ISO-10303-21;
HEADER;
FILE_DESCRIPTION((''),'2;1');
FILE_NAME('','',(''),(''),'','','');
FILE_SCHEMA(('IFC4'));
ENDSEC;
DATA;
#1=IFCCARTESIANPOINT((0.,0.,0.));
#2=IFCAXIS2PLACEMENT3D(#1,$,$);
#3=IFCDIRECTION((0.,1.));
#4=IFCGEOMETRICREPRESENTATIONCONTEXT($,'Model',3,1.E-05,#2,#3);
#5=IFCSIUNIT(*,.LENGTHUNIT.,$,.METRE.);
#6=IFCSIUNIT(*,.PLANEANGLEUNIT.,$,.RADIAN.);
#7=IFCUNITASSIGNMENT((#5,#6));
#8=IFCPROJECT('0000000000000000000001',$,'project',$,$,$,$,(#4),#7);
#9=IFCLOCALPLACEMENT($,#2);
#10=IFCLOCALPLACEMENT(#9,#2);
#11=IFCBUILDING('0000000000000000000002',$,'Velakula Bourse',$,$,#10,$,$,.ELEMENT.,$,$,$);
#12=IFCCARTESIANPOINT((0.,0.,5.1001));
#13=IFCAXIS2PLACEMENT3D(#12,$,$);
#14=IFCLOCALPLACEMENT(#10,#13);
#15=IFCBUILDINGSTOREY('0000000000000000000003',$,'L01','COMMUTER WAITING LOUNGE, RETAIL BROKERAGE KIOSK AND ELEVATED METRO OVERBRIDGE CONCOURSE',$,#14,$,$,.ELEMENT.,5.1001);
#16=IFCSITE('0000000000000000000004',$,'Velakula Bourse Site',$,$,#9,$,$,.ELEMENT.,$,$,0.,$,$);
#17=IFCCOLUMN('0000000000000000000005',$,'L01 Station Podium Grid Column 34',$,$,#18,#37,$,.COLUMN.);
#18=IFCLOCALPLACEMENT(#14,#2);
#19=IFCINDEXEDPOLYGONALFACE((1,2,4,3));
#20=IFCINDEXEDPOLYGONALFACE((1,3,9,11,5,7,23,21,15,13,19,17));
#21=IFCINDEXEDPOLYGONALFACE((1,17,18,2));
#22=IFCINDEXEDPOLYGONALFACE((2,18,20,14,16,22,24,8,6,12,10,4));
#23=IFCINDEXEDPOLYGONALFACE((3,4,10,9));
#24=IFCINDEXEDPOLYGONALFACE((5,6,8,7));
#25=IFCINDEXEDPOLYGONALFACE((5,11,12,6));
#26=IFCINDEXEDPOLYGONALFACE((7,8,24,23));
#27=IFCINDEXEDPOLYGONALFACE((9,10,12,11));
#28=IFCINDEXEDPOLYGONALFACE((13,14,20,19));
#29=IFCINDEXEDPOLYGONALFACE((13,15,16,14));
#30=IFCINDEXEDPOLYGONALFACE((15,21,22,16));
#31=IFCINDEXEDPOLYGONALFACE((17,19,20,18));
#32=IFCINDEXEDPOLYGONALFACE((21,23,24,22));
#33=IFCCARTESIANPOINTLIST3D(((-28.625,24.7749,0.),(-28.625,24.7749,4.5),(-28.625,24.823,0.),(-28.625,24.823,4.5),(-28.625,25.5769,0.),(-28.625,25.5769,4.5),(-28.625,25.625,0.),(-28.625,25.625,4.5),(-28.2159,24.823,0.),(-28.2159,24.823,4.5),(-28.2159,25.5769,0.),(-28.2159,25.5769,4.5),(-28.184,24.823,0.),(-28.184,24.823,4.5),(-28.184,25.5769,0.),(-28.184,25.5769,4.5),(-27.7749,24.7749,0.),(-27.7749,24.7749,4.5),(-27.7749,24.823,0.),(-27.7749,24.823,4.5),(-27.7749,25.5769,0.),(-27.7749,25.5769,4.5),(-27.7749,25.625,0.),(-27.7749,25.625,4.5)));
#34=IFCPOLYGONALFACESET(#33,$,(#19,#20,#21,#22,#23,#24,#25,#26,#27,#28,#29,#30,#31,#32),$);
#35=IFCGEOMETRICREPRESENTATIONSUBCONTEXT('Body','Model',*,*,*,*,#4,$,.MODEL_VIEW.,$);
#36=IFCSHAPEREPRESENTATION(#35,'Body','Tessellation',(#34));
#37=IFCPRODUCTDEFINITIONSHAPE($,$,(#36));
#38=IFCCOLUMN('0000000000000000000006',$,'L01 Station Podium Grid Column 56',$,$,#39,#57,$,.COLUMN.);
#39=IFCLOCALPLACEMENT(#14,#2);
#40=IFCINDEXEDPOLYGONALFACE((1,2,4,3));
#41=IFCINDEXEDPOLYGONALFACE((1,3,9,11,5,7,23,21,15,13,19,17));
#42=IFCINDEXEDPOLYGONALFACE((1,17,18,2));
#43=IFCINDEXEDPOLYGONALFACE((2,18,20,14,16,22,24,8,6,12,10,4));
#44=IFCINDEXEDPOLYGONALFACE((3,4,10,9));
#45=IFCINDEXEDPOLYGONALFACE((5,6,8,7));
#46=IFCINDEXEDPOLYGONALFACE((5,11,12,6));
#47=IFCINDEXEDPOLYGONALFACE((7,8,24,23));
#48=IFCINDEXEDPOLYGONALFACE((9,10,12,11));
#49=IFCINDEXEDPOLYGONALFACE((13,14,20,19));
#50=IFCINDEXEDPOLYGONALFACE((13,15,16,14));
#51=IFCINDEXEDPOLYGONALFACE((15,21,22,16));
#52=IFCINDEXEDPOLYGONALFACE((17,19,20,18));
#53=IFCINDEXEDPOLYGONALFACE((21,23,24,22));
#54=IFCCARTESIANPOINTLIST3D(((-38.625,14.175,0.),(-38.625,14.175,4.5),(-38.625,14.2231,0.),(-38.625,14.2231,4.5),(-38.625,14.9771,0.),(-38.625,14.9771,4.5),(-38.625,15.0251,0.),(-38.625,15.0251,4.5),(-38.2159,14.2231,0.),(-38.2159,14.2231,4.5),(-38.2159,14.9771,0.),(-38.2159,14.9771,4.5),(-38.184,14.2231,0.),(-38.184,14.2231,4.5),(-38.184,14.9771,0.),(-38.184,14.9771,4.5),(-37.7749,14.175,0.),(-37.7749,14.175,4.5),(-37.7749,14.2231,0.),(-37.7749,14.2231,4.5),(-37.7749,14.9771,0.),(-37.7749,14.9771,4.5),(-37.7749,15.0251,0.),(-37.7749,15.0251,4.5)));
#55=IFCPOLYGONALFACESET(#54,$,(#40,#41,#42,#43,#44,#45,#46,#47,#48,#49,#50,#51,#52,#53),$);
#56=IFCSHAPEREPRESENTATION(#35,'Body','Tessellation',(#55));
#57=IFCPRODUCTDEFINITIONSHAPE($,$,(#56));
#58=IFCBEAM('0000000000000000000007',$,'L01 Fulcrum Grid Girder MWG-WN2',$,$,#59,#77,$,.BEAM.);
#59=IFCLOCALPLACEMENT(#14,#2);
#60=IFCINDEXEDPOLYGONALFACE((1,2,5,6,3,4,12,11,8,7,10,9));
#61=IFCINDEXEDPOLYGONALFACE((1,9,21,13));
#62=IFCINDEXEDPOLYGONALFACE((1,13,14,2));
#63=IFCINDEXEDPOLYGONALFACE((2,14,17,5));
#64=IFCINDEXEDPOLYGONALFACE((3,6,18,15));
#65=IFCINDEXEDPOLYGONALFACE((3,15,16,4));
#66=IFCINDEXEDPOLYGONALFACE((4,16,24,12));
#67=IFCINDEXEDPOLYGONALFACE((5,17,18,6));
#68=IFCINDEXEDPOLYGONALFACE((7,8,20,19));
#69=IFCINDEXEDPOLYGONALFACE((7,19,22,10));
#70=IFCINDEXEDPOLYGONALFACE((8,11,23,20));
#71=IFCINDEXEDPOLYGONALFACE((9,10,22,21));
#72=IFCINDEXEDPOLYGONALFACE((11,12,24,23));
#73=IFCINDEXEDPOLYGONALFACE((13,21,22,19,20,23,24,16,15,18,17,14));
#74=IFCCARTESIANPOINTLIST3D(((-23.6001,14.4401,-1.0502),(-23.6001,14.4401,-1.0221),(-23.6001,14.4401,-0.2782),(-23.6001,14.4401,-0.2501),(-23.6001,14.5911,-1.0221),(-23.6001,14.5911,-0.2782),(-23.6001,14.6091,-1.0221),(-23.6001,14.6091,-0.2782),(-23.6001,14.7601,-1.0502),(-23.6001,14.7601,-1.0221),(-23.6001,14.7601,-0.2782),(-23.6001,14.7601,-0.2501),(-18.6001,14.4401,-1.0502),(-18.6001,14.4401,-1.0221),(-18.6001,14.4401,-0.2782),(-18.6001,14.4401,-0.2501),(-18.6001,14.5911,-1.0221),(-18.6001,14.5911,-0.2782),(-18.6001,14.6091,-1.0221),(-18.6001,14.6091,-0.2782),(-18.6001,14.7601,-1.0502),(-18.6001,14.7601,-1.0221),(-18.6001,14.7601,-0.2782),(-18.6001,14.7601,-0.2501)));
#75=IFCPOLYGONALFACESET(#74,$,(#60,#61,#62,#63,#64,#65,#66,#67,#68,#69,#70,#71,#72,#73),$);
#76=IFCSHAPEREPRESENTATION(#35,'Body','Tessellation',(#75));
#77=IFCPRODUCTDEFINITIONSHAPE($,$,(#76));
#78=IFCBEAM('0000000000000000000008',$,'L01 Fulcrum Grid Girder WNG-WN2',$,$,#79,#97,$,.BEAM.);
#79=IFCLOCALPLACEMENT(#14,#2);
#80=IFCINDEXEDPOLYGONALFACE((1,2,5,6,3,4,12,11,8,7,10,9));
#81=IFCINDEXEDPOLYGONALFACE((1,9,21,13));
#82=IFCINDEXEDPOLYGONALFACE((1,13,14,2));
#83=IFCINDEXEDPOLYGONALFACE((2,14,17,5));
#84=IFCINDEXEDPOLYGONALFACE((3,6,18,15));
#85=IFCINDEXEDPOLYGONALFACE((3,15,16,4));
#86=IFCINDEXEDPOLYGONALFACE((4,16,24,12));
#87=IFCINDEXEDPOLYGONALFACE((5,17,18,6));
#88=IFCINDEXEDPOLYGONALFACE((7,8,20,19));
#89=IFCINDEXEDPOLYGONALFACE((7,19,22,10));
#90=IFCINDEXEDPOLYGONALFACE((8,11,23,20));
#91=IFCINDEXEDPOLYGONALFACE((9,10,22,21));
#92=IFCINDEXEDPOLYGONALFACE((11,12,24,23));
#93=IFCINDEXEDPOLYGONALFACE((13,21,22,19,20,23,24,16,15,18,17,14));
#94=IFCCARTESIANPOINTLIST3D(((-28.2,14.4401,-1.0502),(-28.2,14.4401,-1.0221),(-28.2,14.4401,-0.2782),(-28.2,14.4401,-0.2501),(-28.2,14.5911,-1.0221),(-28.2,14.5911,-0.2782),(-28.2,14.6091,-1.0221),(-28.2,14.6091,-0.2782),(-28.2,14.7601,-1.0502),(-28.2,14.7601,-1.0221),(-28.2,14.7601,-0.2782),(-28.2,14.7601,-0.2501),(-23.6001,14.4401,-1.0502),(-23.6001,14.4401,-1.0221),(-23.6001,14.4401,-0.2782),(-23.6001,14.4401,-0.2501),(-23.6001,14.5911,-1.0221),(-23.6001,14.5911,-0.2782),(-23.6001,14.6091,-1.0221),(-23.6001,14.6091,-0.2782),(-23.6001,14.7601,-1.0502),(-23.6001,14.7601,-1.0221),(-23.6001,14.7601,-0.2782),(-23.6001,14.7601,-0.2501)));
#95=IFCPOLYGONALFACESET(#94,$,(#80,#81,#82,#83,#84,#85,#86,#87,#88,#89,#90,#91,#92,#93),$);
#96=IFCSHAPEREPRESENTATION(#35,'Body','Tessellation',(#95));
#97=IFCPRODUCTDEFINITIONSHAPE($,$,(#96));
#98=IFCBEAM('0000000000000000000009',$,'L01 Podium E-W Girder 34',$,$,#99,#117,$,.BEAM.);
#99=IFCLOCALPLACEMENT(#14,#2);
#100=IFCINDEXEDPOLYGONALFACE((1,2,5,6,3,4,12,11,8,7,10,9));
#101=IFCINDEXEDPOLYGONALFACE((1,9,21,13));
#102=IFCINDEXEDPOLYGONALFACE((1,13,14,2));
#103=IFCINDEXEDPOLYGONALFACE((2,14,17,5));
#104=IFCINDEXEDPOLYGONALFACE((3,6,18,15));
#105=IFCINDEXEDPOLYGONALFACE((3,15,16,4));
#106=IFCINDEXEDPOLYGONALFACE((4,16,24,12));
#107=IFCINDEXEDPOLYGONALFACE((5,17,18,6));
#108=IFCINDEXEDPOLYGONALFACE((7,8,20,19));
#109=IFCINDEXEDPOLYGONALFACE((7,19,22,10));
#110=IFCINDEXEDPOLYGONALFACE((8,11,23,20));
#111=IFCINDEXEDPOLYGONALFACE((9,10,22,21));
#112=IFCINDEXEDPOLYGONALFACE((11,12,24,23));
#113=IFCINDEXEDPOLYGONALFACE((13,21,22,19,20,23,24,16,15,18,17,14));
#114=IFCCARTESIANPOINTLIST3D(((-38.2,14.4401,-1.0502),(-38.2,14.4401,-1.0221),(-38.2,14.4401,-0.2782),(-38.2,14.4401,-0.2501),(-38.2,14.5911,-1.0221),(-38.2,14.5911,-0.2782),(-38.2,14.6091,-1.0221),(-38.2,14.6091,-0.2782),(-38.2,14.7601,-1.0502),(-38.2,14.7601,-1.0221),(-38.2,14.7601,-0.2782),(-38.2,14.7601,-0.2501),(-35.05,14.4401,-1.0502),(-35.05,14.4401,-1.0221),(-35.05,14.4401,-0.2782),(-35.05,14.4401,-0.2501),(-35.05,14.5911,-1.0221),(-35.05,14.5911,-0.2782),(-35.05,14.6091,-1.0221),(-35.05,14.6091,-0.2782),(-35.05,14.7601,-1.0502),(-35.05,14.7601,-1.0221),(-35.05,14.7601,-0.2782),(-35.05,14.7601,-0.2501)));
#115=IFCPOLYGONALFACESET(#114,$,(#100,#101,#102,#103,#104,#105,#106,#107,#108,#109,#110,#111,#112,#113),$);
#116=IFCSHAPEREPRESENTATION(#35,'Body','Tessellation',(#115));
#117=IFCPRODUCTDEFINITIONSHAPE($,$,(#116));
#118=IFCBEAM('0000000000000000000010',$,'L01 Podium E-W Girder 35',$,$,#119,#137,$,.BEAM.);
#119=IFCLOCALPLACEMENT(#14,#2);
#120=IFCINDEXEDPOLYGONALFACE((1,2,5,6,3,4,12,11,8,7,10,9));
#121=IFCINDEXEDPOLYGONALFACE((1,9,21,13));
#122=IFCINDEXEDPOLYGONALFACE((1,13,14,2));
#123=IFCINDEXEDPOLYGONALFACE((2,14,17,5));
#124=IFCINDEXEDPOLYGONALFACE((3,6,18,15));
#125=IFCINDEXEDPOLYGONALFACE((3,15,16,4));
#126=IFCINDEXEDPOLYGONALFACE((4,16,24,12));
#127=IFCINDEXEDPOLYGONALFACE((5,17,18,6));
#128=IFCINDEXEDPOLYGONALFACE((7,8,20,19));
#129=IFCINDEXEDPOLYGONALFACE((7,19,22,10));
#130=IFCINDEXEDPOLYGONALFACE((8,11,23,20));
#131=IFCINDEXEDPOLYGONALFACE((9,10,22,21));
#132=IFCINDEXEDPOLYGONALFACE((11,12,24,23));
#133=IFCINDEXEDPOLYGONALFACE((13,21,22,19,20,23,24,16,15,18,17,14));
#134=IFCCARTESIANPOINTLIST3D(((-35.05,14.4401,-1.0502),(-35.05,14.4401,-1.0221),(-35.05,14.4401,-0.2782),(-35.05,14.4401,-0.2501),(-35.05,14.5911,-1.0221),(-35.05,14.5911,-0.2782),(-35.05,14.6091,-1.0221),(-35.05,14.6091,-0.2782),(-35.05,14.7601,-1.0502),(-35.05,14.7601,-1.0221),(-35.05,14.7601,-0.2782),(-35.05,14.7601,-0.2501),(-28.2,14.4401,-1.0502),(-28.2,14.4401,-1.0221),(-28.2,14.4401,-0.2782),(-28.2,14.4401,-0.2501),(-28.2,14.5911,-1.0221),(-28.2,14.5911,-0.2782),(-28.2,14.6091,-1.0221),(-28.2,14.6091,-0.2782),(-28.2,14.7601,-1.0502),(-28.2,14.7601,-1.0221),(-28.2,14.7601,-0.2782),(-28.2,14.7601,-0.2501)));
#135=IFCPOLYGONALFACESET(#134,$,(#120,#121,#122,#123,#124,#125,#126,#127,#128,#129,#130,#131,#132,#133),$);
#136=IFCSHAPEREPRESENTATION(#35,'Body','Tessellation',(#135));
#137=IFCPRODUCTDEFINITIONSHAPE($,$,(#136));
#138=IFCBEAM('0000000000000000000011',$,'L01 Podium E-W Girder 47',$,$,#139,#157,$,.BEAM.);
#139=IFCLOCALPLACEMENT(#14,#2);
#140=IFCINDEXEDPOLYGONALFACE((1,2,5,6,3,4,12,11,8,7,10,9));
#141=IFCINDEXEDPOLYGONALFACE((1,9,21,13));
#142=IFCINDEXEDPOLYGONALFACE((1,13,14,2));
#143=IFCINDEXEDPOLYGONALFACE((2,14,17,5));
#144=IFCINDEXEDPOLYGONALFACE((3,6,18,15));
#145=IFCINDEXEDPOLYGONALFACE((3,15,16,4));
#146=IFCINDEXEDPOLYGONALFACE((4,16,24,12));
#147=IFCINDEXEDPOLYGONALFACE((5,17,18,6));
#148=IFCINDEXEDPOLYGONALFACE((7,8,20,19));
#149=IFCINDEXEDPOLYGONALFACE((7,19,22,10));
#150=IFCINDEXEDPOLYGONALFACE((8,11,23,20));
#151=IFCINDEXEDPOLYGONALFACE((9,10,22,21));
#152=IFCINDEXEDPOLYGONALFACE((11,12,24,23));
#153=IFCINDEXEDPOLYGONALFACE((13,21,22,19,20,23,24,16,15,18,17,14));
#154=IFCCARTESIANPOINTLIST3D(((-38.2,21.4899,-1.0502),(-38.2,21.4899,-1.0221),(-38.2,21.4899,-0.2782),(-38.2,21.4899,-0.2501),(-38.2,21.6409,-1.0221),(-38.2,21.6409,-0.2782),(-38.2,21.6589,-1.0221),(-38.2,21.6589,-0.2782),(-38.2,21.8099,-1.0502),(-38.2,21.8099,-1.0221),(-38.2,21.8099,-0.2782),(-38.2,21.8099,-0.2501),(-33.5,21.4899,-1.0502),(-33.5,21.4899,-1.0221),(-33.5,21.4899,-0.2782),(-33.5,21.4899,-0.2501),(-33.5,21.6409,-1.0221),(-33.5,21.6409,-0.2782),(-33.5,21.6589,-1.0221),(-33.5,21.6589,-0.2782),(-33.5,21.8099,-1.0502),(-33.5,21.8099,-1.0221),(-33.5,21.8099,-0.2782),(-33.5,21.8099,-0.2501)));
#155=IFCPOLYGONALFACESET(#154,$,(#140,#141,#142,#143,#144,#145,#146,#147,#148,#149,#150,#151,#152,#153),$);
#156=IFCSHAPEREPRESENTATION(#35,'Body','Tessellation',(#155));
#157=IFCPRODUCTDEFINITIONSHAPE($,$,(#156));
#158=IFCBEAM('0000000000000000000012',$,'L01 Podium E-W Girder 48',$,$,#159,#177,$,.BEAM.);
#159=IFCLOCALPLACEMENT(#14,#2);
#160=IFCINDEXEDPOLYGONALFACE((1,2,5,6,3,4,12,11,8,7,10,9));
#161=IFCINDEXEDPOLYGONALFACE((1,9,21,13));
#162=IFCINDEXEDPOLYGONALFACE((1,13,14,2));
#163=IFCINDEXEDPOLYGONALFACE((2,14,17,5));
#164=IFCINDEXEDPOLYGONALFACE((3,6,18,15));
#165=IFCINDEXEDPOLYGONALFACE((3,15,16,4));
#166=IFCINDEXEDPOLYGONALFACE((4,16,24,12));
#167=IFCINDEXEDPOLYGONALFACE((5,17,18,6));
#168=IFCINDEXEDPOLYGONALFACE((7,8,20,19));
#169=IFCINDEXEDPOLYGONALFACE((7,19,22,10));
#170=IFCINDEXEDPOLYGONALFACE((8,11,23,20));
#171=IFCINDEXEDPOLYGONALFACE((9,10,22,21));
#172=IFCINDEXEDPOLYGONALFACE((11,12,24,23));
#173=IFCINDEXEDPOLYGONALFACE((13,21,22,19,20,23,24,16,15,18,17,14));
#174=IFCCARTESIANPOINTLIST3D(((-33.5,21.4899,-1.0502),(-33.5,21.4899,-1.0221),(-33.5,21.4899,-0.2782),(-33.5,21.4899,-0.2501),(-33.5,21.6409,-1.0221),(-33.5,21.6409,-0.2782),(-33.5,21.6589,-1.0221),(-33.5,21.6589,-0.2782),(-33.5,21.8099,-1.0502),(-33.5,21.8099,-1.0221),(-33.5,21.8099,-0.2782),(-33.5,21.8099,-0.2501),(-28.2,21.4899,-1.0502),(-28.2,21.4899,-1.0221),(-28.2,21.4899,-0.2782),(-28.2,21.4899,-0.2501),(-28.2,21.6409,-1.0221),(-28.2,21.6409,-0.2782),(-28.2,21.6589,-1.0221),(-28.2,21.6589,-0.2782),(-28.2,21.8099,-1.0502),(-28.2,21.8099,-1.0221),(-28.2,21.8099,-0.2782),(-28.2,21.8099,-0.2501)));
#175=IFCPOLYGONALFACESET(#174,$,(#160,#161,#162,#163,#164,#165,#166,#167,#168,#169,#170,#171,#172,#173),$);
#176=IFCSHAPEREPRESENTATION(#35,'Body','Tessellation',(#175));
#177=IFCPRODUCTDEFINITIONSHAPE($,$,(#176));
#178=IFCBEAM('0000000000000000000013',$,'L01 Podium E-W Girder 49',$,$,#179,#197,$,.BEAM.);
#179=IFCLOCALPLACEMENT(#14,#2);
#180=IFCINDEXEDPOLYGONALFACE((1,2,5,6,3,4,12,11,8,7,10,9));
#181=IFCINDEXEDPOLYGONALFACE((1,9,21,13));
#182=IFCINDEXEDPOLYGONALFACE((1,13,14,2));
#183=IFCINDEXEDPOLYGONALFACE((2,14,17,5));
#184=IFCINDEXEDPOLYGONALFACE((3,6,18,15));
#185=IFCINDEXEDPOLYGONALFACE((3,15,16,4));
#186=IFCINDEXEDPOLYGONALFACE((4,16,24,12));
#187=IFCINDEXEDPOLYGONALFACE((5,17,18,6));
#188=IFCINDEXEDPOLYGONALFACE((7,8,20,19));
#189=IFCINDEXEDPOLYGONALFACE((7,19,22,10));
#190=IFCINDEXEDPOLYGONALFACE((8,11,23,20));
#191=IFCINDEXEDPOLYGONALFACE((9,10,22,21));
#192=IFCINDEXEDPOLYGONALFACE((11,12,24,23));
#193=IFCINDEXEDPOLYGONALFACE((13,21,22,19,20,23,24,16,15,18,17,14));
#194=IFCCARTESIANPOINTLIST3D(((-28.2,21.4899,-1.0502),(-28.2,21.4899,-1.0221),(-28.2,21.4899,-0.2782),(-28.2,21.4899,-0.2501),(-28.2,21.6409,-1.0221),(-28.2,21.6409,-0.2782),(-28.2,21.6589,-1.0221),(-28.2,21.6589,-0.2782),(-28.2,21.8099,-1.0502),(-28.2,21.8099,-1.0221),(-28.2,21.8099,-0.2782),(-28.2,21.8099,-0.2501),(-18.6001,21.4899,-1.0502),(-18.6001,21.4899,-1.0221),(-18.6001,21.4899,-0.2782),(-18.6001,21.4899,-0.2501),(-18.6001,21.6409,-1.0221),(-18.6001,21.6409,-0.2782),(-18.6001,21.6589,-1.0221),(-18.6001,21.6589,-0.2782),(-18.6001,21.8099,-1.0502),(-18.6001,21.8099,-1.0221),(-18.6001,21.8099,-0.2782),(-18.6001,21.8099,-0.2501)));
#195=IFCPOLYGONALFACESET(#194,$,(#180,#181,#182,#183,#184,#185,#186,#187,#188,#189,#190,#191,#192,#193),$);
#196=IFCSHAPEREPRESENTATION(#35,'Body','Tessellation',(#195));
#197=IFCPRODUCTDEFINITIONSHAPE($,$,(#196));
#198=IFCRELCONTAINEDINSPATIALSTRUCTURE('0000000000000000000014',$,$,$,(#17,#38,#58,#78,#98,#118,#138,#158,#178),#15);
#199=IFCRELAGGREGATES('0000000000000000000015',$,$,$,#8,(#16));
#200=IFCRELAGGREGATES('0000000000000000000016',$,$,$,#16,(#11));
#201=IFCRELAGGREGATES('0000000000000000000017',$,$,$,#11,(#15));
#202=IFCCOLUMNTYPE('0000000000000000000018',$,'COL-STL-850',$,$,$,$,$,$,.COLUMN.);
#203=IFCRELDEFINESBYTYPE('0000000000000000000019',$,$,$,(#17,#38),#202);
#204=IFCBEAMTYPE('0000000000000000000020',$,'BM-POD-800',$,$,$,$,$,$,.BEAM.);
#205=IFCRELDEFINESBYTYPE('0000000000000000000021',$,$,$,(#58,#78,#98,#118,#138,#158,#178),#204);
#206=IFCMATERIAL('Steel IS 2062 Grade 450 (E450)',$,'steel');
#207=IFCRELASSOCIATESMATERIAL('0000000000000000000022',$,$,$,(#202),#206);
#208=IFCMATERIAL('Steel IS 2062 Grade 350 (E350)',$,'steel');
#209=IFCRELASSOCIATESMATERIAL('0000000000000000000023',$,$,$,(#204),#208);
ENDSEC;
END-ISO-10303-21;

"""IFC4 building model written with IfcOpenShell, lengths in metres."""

from ifc_helpers import new_model, si_unit, direction, frame, origin, origin_2d, place, context, subcontext, project, spatial, i_section, extrude, material, material_profile, profile_set, type_object, element, save


model = new_model("IFC4")

# Units and contexts
model_context = context("Model", 3, precision=1e-05, world=origin(), true_north=direction((0.0, 1.0)))
body_context = subcontext(model_context, "Body", "Model", "MODEL_VIEW")
ifc_project = project(units=[si_unit("LENGTHUNIT", "METRE"), si_unit("PLANEANGLEUNIT", "RADIAN")], contexts=[model_context])

# Site, building, storey
site_placement = place(None, origin())
site = spatial("IfcSite", under=ifc_project, at=site_placement, Name="Velakula Bourse Site", CompositionType="ELEMENT", RefElevation=0.0)
building_placement = place(site_placement, origin())
building = spatial("IfcBuilding", under=site, at=building_placement, Name="Velakula Bourse", CompositionType="ELEMENT")
storey_placement = place(building_placement, frame((0.0, 0.0, 5.1001)))
storey = spatial("IfcBuildingStorey", under=building, at=storey_placement, Name="L01", Description="COMMUTER WAITING LOUNGE, RETAIL BROKERAGE KIOSK AND ELEVATED METRO OVERBRIDGE CONCOURSE", CompositionType="ELEMENT", Elevation=5.1001)

# Columns
ifc_material_1 = material(Name="Steel IS 2062 Grade 450 (E450)", Category="steel")
ifc_material_profile_1 = material_profile(ifc_material_1, i_section(OverallWidth=0.8501, OverallDepth=0.8501, WebThickness=0.032, FlangeThickness=0.0481, at=origin_2d()), Name="Steel IS 2062 Grade 450 (E450)")
ifc_profile_set_1 = profile_set([ifc_material_profile_1], Name="Steel IS 2062 Grade 450 (E450)")
column_type = type_object("IfcColumnType", Name="COL-STL-850", PredefinedType="COLUMN", material=ifc_profile_set_1)
for number, where, z_axis, x_axis, name in (
    (1, (-28.2, 25.2, 0.0), (0.0, 0.0, 1.0), (1.0, 0.0, 0.0), "L01 Station Podium Grid Column 34"),
    (2, (-38.2, 14.6001, 0.0), (0.0, 0.0, 1.0), (1.0, 0.0, 0.0), "L01 Station Podium Grid Column 56"),
):
    element("IfcColumn", number, at=place(storey_placement, frame(where, z_axis=z_axis, x_axis=x_axis)), inside=storey, type_object=column_type, Name=name, PredefinedType="COLUMN", context=body_context, shape_type="SweptSolid", body=[
        extrude(i_section(OverallWidth=0.8501, OverallDepth=0.8501, WebThickness=0.032, FlangeThickness=0.0481, at=origin_2d()), origin(), (0.0, 0.0, 1.0), 4.5),
    ])

# Beams
ifc_material_2 = material(Name="Steel IS 2062 Grade 350 (E350)", Category="steel")
ifc_material_profile_2 = material_profile(ifc_material_2, i_section(OverallWidth=0.3201, OverallDepth=0.8, WebThickness=0.0181, FlangeThickness=0.0281, at=origin_2d()), Name="Steel IS 2062 Grade 350 (E350)")
ifc_profile_set_2 = profile_set([ifc_material_profile_2], Name="Steel IS 2062 Grade 350 (E350)")
beam_type_1 = type_object("IfcBeamType", Name="BM-POD-800", PredefinedType="BEAM", material=ifc_profile_set_2)
beam_1_placement = place(storey_placement, frame((-23.6001, 14.6001, -0.6501), z_axis=(1.0, 0.0, 0.0), x_axis=(0.0, 1.0, 0.0)))
element("IfcBeam", 3, at=beam_1_placement, inside=storey, type_object=beam_type_1, Name="L01 Fulcrum Grid Girder MWG-WN2", PredefinedType="BEAM", context=body_context, shape_type="SweptSolid", body=[
    extrude(i_section(OverallWidth=0.3201, OverallDepth=0.8, WebThickness=0.0181, FlangeThickness=0.0281, at=origin_2d()), origin(), (0.0, 0.0, 1.0), 5.0),
])
beam_2_placement = place(storey_placement, frame((-28.2, 14.6001, -0.6501), z_axis=(1.0, 0.0, 0.0), x_axis=(0.0, 1.0, 0.0)))
element("IfcBeam", 4, at=beam_2_placement, inside=storey, type_object=beam_type_1, Name="L01 Fulcrum Grid Girder WNG-WN2", PredefinedType="BEAM", context=body_context, shape_type="SweptSolid", body=[
    extrude(i_section(OverallWidth=0.3201, OverallDepth=0.8, WebThickness=0.0181, FlangeThickness=0.0281, at=origin_2d()), origin(), (0.0, 0.0, 1.0), 4.5999),
])
beam_3_placement = place(storey_placement, frame((-38.2, 14.6001, -0.6501), z_axis=(1.0, 0.0, 0.0), x_axis=(0.0, 1.0, 0.0)))
element("IfcBeam", 5, at=beam_3_placement, inside=storey, type_object=beam_type_1, Name="L01 Podium E-W Girder 34", PredefinedType="BEAM", context=body_context, shape_type="SweptSolid", body=[
    extrude(i_section(OverallWidth=0.3201, OverallDepth=0.8, WebThickness=0.0181, FlangeThickness=0.0281, at=origin_2d()), origin(), (0.0, 0.0, 1.0), 3.1499),
])
beam_4_placement = place(storey_placement, frame((-35.05, 14.6001, -0.6501), z_axis=(1.0, 0.0, 0.0), x_axis=(0.0, 1.0, 0.0)))
element("IfcBeam", 6, at=beam_4_placement, inside=storey, type_object=beam_type_1, Name="L01 Podium E-W Girder 35", PredefinedType="BEAM", context=body_context, shape_type="SweptSolid", body=[
    extrude(i_section(OverallWidth=0.3201, OverallDepth=0.8, WebThickness=0.0181, FlangeThickness=0.0281, at=origin_2d()), origin(), (0.0, 0.0, 1.0), 6.8501),
])
beam_5_placement = place(storey_placement, frame((-38.2, 21.6499, -0.6501), z_axis=(1.0, 0.0, 0.0), x_axis=(0.0, 1.0, 0.0)))
element("IfcBeam", 7, at=beam_5_placement, inside=storey, type_object=beam_type_1, Name="L01 Podium E-W Girder 47", PredefinedType="BEAM", context=body_context, shape_type="SweptSolid", body=[
    extrude(i_section(OverallWidth=0.3201, OverallDepth=0.8, WebThickness=0.0181, FlangeThickness=0.0281, at=origin_2d()), origin(), (0.0, 0.0, 1.0), 4.7),
])
beam_6_placement = place(storey_placement, frame((-33.5, 21.6499, -0.6501), z_axis=(1.0, 0.0, 0.0), x_axis=(0.0, 1.0, 0.0)))
element("IfcBeam", 8, at=beam_6_placement, inside=storey, type_object=beam_type_1, Name="L01 Podium E-W Girder 48", PredefinedType="BEAM", context=body_context, shape_type="SweptSolid", body=[
    extrude(i_section(OverallWidth=0.3201, OverallDepth=0.8, WebThickness=0.0181, FlangeThickness=0.0281, at=origin_2d()), origin(), (0.0, 0.0, 1.0), 5.3),
])
beam_7_placement = place(storey_placement, frame((-28.2, 21.6499, -0.6501), z_axis=(1.0, 0.0, 0.0), x_axis=(0.0, 1.0, 0.0)))
element("IfcBeam", 9, at=beam_7_placement, inside=storey, type_object=beam_type_1, Name="L01 Podium E-W Girder 49", PredefinedType="BEAM", context=body_context, shape_type="SweptSolid", body=[
    extrude(i_section(OverallWidth=0.3201, OverallDepth=0.8, WebThickness=0.0181, FlangeThickness=0.0281, at=origin_2d()), origin(), (0.0, 0.0, 1.0), 9.5999),
])

save(model, "model.ifc")
